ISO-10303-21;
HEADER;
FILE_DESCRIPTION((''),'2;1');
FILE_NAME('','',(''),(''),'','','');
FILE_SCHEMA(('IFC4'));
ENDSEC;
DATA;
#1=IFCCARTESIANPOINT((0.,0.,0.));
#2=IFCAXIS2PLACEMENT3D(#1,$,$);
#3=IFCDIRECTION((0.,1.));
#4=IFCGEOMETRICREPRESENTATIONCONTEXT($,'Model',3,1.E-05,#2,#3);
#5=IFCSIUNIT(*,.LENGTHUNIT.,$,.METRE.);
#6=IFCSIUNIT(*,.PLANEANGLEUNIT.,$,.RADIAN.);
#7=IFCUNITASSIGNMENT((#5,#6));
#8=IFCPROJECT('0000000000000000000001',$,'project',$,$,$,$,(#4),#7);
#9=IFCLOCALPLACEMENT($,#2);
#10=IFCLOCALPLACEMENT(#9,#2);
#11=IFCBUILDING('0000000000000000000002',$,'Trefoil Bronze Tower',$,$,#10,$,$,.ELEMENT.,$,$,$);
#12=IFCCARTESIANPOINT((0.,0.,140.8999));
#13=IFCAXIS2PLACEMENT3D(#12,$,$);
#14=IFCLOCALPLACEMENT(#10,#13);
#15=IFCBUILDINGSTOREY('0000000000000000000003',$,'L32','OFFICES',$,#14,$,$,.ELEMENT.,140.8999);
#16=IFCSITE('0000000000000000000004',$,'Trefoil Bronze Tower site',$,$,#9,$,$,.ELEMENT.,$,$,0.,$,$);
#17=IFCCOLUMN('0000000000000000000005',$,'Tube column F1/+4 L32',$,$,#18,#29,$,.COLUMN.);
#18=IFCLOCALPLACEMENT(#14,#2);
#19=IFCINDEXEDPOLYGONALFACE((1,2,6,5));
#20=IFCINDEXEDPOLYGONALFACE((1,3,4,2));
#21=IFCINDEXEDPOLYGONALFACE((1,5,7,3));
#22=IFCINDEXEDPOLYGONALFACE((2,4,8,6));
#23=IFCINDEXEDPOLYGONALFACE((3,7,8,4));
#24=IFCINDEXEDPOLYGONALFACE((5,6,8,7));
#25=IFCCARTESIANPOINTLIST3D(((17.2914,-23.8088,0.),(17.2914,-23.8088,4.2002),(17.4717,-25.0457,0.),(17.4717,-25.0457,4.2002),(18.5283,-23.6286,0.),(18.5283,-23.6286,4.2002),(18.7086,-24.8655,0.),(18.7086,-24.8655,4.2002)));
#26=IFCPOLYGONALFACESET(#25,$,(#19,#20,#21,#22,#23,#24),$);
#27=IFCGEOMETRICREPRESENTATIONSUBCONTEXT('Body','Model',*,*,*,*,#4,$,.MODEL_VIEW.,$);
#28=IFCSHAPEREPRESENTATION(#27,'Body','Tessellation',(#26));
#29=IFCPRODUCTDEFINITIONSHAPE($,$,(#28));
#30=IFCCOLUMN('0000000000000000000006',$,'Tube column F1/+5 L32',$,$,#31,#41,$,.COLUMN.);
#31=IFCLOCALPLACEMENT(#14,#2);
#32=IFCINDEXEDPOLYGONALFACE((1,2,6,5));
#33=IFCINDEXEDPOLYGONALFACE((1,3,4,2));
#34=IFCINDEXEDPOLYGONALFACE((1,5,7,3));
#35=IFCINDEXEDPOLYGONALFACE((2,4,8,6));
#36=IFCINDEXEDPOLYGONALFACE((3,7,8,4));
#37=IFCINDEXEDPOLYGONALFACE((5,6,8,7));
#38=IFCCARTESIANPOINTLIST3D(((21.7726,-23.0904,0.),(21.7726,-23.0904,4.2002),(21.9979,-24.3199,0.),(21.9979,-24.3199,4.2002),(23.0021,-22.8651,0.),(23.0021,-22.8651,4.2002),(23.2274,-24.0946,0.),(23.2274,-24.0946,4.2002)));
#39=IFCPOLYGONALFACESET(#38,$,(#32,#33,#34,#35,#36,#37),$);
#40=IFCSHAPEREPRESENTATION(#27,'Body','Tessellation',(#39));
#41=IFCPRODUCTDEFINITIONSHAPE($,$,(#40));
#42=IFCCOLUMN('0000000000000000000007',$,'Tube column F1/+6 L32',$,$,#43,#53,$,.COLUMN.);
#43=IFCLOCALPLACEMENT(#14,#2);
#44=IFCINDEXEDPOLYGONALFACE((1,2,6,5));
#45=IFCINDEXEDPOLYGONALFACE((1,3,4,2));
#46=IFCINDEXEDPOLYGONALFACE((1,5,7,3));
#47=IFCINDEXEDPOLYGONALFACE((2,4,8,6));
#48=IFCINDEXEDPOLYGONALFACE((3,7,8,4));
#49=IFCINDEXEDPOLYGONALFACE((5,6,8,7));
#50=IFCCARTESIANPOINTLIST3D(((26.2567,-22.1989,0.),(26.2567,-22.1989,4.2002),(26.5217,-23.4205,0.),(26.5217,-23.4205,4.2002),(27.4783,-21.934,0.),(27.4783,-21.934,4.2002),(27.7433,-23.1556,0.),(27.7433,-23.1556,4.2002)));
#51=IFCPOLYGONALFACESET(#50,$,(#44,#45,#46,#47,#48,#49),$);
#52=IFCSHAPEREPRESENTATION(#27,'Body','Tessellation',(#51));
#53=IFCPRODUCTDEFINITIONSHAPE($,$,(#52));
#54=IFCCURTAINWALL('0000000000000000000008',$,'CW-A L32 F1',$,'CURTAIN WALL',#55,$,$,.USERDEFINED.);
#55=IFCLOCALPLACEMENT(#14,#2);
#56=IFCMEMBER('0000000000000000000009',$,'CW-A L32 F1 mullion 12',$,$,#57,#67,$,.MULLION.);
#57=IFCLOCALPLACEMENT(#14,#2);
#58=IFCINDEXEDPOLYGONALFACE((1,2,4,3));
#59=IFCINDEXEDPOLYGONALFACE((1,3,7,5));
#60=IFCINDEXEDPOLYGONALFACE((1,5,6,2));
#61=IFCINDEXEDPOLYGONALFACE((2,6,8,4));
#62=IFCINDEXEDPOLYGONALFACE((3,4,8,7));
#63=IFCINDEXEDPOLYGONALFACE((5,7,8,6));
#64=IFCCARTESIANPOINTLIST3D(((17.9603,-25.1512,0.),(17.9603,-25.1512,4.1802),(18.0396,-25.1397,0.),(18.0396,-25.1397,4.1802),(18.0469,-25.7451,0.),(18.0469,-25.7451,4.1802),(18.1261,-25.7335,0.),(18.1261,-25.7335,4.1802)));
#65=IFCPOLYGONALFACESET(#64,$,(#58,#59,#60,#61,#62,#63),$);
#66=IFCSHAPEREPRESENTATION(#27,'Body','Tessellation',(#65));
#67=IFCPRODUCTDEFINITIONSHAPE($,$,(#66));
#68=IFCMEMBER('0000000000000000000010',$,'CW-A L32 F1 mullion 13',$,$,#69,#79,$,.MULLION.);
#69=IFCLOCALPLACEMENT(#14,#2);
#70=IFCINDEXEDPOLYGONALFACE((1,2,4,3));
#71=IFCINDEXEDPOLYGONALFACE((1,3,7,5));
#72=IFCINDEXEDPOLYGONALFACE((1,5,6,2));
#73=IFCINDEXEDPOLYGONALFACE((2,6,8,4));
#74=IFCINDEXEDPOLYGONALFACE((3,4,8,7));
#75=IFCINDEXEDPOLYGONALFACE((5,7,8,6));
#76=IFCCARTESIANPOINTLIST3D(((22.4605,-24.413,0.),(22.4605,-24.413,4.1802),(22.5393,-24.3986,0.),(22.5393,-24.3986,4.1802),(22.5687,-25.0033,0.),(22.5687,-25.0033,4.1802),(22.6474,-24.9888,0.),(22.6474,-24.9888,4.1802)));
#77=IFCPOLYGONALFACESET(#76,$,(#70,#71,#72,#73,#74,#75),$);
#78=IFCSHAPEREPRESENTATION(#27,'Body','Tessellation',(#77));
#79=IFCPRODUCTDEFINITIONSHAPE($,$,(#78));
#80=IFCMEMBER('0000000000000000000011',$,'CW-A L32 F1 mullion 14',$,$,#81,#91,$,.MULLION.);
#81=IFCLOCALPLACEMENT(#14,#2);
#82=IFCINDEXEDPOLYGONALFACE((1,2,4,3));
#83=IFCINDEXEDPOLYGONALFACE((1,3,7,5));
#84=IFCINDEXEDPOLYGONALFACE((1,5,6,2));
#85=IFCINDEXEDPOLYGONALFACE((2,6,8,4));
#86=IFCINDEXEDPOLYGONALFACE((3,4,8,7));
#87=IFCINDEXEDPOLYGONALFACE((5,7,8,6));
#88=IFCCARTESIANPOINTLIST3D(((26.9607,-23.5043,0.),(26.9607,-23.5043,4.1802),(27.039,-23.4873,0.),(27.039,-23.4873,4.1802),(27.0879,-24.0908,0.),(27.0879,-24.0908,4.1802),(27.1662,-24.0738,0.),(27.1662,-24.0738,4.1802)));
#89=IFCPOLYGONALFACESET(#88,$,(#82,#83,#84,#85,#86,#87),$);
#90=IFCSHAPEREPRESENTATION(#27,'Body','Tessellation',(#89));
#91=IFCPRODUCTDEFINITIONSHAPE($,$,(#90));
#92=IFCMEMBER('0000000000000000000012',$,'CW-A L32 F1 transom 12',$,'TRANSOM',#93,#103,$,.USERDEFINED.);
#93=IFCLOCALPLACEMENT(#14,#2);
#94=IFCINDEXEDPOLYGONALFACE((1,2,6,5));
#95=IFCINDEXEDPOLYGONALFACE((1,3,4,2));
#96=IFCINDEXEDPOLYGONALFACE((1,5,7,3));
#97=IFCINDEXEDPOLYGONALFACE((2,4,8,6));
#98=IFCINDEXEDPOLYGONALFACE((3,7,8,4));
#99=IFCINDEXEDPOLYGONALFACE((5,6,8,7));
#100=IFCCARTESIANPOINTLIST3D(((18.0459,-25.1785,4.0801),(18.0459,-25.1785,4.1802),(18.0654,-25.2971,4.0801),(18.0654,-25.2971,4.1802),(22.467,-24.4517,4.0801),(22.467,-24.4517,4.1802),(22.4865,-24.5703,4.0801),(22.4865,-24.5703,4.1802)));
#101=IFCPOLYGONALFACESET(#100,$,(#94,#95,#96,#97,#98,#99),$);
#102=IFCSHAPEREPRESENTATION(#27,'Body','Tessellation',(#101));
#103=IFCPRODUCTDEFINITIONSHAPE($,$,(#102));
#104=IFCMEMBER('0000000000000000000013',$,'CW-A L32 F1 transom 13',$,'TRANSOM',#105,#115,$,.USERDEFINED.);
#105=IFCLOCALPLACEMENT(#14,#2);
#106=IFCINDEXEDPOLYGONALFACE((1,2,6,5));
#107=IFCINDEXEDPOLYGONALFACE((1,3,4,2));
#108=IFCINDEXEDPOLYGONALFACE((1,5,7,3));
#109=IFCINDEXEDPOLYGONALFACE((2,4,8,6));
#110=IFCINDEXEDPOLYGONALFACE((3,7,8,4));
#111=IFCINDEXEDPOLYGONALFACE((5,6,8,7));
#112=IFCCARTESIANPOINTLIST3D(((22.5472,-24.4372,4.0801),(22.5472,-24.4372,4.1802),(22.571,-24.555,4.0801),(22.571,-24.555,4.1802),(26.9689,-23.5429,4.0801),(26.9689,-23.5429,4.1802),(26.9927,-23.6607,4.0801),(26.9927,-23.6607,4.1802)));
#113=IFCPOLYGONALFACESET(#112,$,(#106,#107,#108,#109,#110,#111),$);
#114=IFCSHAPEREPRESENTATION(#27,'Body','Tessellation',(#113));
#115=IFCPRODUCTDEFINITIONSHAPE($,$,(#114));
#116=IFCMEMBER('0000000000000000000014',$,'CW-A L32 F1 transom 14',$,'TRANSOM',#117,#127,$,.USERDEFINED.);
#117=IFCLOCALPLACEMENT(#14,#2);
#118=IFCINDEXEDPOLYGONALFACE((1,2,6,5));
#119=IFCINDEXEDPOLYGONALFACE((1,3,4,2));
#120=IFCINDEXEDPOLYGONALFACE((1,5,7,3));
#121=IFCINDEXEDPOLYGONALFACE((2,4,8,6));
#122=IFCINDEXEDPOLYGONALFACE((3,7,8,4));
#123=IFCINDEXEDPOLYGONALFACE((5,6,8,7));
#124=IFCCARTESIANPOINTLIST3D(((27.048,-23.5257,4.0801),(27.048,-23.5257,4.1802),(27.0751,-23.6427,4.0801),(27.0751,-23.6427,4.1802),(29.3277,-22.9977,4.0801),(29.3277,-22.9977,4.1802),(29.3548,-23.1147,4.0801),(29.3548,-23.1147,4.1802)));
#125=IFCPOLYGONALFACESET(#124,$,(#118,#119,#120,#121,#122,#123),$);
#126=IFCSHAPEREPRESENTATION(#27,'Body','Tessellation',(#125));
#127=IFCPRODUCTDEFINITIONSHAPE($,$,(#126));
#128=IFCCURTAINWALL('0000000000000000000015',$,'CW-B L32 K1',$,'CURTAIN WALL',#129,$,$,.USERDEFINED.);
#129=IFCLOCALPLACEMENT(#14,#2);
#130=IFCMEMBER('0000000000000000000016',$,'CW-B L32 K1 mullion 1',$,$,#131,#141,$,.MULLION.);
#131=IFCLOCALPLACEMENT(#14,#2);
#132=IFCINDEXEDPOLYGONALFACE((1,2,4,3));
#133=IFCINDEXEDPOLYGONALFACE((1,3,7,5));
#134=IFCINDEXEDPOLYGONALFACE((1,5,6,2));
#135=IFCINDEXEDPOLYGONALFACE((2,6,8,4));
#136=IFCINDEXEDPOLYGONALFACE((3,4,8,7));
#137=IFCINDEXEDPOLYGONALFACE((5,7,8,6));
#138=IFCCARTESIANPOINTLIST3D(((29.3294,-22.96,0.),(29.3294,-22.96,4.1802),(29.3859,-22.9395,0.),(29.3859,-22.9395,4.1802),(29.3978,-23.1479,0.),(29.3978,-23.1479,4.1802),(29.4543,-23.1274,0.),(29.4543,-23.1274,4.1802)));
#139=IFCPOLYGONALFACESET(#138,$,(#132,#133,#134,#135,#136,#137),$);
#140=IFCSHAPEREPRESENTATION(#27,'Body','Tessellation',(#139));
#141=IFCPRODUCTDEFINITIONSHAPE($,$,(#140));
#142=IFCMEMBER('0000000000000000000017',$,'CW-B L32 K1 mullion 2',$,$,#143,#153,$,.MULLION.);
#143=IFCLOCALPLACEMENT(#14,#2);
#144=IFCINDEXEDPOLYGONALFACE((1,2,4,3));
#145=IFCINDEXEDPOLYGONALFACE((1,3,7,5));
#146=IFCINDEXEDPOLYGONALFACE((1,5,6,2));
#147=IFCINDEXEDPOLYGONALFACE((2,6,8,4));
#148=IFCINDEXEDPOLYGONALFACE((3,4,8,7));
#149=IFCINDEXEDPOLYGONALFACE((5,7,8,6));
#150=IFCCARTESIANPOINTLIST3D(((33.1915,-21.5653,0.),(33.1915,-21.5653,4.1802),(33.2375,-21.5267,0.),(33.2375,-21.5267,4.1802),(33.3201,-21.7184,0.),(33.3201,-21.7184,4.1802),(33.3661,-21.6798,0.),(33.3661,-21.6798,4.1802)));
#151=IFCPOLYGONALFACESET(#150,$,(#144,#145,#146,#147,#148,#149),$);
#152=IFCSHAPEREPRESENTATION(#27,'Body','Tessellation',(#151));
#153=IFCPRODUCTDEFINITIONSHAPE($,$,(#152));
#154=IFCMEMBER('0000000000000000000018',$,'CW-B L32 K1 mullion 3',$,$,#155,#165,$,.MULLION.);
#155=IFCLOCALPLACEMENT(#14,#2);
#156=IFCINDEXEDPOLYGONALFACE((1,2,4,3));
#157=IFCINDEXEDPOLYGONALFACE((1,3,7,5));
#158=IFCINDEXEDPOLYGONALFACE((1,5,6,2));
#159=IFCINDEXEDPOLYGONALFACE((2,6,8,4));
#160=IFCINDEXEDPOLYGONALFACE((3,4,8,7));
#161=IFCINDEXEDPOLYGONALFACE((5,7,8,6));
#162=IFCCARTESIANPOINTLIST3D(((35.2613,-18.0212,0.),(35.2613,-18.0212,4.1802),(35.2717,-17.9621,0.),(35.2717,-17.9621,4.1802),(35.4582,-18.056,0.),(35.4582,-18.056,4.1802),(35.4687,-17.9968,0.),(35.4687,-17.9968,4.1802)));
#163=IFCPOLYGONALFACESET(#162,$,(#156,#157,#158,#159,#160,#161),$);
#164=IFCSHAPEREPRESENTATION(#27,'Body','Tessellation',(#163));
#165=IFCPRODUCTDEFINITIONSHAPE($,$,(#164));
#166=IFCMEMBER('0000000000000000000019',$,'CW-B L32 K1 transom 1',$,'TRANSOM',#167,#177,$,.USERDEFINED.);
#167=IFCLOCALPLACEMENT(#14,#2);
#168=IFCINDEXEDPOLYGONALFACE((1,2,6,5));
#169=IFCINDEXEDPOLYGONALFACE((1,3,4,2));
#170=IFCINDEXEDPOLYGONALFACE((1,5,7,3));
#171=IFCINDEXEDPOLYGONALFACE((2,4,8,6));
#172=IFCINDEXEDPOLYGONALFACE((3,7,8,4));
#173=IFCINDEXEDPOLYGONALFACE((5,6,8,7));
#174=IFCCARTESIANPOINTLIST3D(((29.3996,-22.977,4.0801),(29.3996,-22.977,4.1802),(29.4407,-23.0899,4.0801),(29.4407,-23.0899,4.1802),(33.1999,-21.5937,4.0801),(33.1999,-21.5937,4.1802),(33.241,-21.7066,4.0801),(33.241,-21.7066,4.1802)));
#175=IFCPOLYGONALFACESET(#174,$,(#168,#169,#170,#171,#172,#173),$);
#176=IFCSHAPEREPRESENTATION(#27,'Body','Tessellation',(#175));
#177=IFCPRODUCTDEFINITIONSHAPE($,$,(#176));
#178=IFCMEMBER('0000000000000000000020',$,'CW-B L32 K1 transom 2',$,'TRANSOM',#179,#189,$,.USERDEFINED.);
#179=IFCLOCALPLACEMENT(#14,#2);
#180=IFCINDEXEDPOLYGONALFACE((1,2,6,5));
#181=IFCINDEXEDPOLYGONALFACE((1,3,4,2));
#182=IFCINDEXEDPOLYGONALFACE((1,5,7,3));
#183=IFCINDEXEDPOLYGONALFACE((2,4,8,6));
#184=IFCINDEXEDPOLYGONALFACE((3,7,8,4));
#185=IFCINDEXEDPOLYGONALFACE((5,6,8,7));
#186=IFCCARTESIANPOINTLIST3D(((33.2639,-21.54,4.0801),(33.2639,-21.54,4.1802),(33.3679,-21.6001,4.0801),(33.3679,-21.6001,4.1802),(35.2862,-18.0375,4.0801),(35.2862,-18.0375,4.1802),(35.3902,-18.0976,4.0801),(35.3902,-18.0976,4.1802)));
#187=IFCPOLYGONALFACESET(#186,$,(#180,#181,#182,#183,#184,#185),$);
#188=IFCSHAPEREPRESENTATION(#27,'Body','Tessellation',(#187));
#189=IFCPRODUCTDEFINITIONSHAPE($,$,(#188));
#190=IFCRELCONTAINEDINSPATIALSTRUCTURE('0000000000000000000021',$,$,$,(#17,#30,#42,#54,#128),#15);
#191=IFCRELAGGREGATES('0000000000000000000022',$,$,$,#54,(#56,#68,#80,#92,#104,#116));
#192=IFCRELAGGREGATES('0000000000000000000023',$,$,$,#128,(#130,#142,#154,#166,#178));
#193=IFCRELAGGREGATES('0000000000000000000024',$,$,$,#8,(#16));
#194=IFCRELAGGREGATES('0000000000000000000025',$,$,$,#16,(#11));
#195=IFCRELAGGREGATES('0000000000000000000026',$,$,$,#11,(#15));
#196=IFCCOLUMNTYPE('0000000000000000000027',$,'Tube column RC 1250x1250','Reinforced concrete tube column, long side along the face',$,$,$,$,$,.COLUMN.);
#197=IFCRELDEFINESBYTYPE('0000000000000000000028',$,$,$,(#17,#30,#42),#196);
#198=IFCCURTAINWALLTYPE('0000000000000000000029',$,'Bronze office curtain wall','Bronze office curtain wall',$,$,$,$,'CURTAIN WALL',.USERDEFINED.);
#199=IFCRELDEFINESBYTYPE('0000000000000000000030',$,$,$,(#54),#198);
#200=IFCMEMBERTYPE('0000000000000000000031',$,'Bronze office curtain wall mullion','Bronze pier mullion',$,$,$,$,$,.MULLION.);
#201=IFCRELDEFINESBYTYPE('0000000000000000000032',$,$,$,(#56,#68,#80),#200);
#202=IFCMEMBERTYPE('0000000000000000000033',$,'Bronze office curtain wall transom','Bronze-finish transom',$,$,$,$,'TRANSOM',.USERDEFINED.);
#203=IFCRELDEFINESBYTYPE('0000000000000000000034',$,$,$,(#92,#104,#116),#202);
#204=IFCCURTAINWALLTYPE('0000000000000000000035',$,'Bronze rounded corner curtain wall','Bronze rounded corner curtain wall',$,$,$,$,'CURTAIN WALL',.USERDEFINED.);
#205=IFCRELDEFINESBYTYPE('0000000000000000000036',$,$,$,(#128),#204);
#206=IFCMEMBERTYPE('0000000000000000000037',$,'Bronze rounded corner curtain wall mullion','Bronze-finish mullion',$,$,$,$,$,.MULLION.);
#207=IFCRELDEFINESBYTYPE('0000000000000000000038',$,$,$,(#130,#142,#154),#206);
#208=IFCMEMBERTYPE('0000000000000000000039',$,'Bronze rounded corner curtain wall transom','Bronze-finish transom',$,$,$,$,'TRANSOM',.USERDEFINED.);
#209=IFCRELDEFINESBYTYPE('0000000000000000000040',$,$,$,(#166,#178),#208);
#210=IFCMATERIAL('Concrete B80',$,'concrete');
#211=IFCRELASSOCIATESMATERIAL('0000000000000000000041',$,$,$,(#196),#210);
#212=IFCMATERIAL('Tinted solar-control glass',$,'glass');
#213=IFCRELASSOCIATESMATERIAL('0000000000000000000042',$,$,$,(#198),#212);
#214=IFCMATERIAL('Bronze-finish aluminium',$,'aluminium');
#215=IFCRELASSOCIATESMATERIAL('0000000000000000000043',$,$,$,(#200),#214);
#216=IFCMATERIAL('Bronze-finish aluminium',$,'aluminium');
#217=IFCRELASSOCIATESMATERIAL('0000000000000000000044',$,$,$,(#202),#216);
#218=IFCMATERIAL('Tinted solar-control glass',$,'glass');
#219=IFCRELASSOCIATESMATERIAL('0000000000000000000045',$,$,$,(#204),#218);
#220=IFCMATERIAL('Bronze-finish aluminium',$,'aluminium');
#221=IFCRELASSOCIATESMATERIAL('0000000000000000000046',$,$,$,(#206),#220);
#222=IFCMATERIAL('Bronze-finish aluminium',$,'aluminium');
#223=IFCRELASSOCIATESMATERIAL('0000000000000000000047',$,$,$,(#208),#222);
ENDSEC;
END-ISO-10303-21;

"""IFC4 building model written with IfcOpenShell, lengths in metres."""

from ifc_helpers import new_model, si_unit, direction, frame, origin, origin_2d, place, context, subcontext, project, spatial, rectangle, extrude, material, material_profile, profile_set, type_object, element, aggregate, save


model = new_model("IFC4")

# Units and contexts
model_context = context("Model", 3, precision=1e-05, world=origin(), true_north=direction((0.0, 1.0)))
body_context = subcontext(model_context, "Body", "Model", "MODEL_VIEW")
ifc_project = project(units=[si_unit("LENGTHUNIT", "METRE"), si_unit("PLANEANGLEUNIT", "RADIAN")], contexts=[model_context])

# Site, building, storey
site_placement = place(None, origin())
site = spatial("IfcSite", under=ifc_project, at=site_placement, Name="Trefoil Bronze Tower site", CompositionType="ELEMENT", RefElevation=0.0)
building_placement = place(site_placement, origin())
building = spatial("IfcBuilding", under=site, at=building_placement, Name="Trefoil Bronze Tower", CompositionType="ELEMENT")
storey_placement = place(building_placement, frame((0.0, 0.0, 140.8999)))
storey = spatial("IfcBuildingStorey", under=building, at=storey_placement, Name="L32", Description="OFFICES", CompositionType="ELEMENT", Elevation=140.8999)

# Columns
ifc_material_1 = material(Name="Concrete B80", Category="concrete")
ifc_material_profile_1 = material_profile(ifc_material_1, rectangle(XDim=1.25, YDim=1.25, at=origin_2d()), Name="RC 1250x1250")
ifc_profile_set_1 = profile_set([ifc_material_profile_1], Name="Concrete B80")
column_type = type_object("IfcColumnType", Name="Tube column RC 1250x1250", Description="Reinforced concrete tube column, long side along the face", PredefinedType="COLUMN", material=ifc_profile_set_1)
for number, where, z_axis, x_axis, name in (
    (1, (18.0, -24.3372, 0.0), (0.0, 0.0, 1.0), (0.98955, 0.144192, 0.0), "Tube column F1/+4 L32"),
    (2, (22.5, -23.5925, 0.0), (0.0, 0.0, 1.0), (0.983623, 0.180241, 0.0), "Tube column F1/+5 L32"),
    (3, (27.0, -22.6772, 0.0), (0.0, 0.0, 1.0), (0.977276, 0.21197, 0.0), "Tube column F1/+6 L32"),
):
    element("IfcColumn", number, at=place(storey_placement, frame(where, z_axis=z_axis, x_axis=x_axis)), inside=storey, type_object=column_type, Name=name, PredefinedType="COLUMN", context=body_context, shape_type="SweptSolid", body=[
        extrude(rectangle(XDim=1.25, YDim=1.25, at=origin_2d()), origin(), (0.0, 0.0, 1.0), 4.2002),
    ])

# Curtain walls, members
ifc_material_2 = material(Name="Tinted solar-control glass", Category="glass")
curtain_wall_type_1 = type_object("IfcCurtainWallType", Name="Bronze office curtain wall", Description="Bronze office curtain wall", ElementType="CURTAIN WALL", PredefinedType="USERDEFINED", material=ifc_material_2)
curtain_wall_1_placement = place(storey_placement, origin())
curtain_wall_1 = element("IfcCurtainWall", 4, at=curtain_wall_1_placement, inside=storey, type_object=curtain_wall_type_1, Name="CW-A L32 F1", ObjectType="CURTAIN WALL", PredefinedType="USERDEFINED")
ifc_material_3 = material(Name="Bronze-finish aluminium", Category="aluminium")
ifc_material_profile_2 = material_profile(ifc_material_3, rectangle(XDim=0.6001, YDim=0.0801, at=origin_2d()), Name="CW-A mullion")
ifc_profile_set_2 = profile_set([ifc_material_profile_2], Name="Bronze-finish aluminium")
member_type_1 = type_object("IfcMemberType", Name="Bronze office curtain wall mullion", Description="Bronze pier mullion", PredefinedType="MULLION", material=ifc_profile_set_2)
member_1_placement = place(storey_placement, frame((18.0432, -25.4424, 0.0), z_axis=(0.0, 0.0, 1.0), x_axis=(-0.144192, 0.98955, 0.0)))
member_1 = element("IfcMember", 5, at=member_1_placement, type_object=member_type_1, Name="CW-A L32 F1 mullion 12", PredefinedType="MULLION", context=body_context, shape_type="SweptSolid", body=[
    extrude(rectangle(XDim=0.6001, YDim=0.0801, at=origin_2d()), origin(), (0.0, 0.0, 1.0), 4.1802),
])
member_2_placement = place(storey_placement, frame((22.554, -24.7009, 0.0), z_axis=(0.0, 0.0, 1.0), x_axis=(-0.180241, 0.983623, 0.0)))
member_2 = element("IfcMember", 6, at=member_2_placement, type_object=member_type_1, Name="CW-A L32 F1 mullion 13", PredefinedType="MULLION", context=body_context, shape_type="SweptSolid", body=[
    extrude(rectangle(XDim=0.6001, YDim=0.0801, at=origin_2d()), origin(), (0.0, 0.0, 1.0), 4.1802),
])
member_3_placement = place(storey_placement, frame((27.0635, -23.7891, 0.0), z_axis=(0.0, 0.0, 1.0), x_axis=(-0.21197, 0.977276, 0.0)))
member_3 = element("IfcMember", 7, at=member_3_placement, type_object=member_type_1, Name="CW-A L32 F1 mullion 14", PredefinedType="MULLION", context=body_context, shape_type="SweptSolid", body=[
    extrude(rectangle(XDim=0.6001, YDim=0.0801, at=origin_2d()), origin(), (0.0, 0.0, 1.0), 4.1802),
])
ifc_material_4 = material(Name="Bronze-finish aluminium", Category="aluminium")
ifc_material_profile_3 = material_profile(ifc_material_4, rectangle(XDim=0.1201, YDim=0.1001, at=origin_2d()), Name="CW-A transom")
ifc_profile_set_3 = profile_set([ifc_material_profile_3], Name="Bronze-finish aluminium")
member_type_2 = type_object("IfcMemberType", Name="Bronze office curtain wall transom", Description="Bronze-finish transom", ElementType="TRANSOM", PredefinedType="USERDEFINED", material=ifc_profile_set_3)
member_4_placement = place(storey_placement, frame((18.0557, -25.2378, 4.1301), z_axis=(0.986755, 0.162216, 0.0), x_axis=(-0.162216, 0.986755, 0.0)))
member_4 = element("IfcMember", 8, at=member_4_placement, type_object=member_type_2, Name="CW-A L32 F1 transom 12", ObjectType="TRANSOM", PredefinedType="USERDEFINED", context=body_context, shape_type="SweptSolid", body=[
    extrude(rectangle(XDim=0.1201, YDim=0.1001, at=origin_2d()), origin(), (0.0, 0.0, 1.0), 4.4805),
])
member_5_placement = place(storey_placement, frame((22.5591, -24.4961, 4.1301), z_axis=(0.980154, 0.198239, 0.0), x_axis=(-0.198239, 0.980154, 0.0)))
member_5 = element("IfcMember", 9, at=member_5_placement, type_object=member_type_2, Name="CW-A L32 F1 transom 13", ObjectType="TRANSOM", PredefinedType="USERDEFINED", context=body_context, shape_type="SweptSolid", body=[
    extrude(rectangle(XDim=0.1201, YDim=0.1001, at=origin_2d()), origin(), (0.0, 0.0, 1.0), 4.5112),
])
member_6_placement = place(storey_placement, frame((27.0615, -23.5842, 4.1301), z_axis=(0.974206, 0.225659, 0.0), x_axis=(-0.225659, 0.974206, 0.0)))
member_6 = element("IfcMember", 10, at=member_6_placement, type_object=member_type_2, Name="CW-A L32 F1 transom 14", ObjectType="TRANSOM", PredefinedType="USERDEFINED", context=body_context, shape_type="SweptSolid", body=[
    extrude(rectangle(XDim=0.1201, YDim=0.1001, at=origin_2d()), origin(), (0.0, 0.0, 1.0), 2.3401),
])
ifc_material_5 = material(Name="Tinted solar-control glass", Category="glass")
curtain_wall_type_2 = type_object("IfcCurtainWallType", Name="Bronze rounded corner curtain wall", Description="Bronze rounded corner curtain wall", ElementType="CURTAIN WALL", PredefinedType="USERDEFINED", material=ifc_material_5)
curtain_wall_2_placement = place(storey_placement, origin())
curtain_wall_2 = element("IfcCurtainWall", 11, at=curtain_wall_2_placement, inside=storey, type_object=curtain_wall_type_2, Name="CW-B L32 K1", ObjectType="CURTAIN WALL", PredefinedType="USERDEFINED")
ifc_material_6 = material(Name="Bronze-finish aluminium", Category="aluminium")
ifc_material_profile_4 = material_profile(ifc_material_6, rectangle(XDim=0.2, YDim=0.0601, at=origin_2d()), Name="CW-B mullion")
ifc_profile_set_4 = profile_set([ifc_material_profile_4], Name="Bronze-finish aluminium")
member_type_3 = type_object("IfcMemberType", Name="Bronze rounded corner curtain wall mullion", Description="Bronze-finish mullion", PredefinedType="MULLION", material=ifc_profile_set_4)
member_7_placement = place(storey_placement, frame((29.3918, -23.0437, 0.0), z_axis=(0.0, 0.0, 1.0), x_axis=(-0.34202, 0.939693, 0.0)))
member_7 = element("IfcMember", 12, at=member_7_placement, type_object=member_type_3, Name="CW-B L32 K1 mullion 1", PredefinedType="MULLION", context=body_context, shape_type="SweptSolid", body=[
    extrude(rectangle(XDim=0.2, YDim=0.0601, at=origin_2d()), origin(), (0.0, 0.0, 1.0), 4.1802),
])
member_8_placement = place(storey_placement, frame((33.2788, -21.6226, 0.0), z_axis=(0.0, 0.0, 1.0), x_axis=(-0.642788, 0.766044, 0.0)))
member_8 = element("IfcMember", 13, at=member_8_placement, type_object=member_type_3, Name="CW-B L32 K1 mullion 2", PredefinedType="MULLION", context=body_context, shape_type="SweptSolid", body=[
    extrude(rectangle(XDim=0.2, YDim=0.0601, at=origin_2d()), origin(), (0.0, 0.0, 1.0), 4.1802),
])
member_9_placement = place(storey_placement, frame((35.365, -18.009, 0.0), z_axis=(0.0, 0.0, 1.0), x_axis=(-0.984808, 0.173648, 0.0)))
member_9 = element("IfcMember", 14, at=member_9_placement, type_object=member_type_3, Name="CW-B L32 K1 mullion 3", PredefinedType="MULLION", context=body_context, shape_type="SweptSolid", body=[
    extrude(rectangle(XDim=0.2, YDim=0.0601, at=origin_2d()), origin(), (0.0, 0.0, 1.0), 4.1802),
])
ifc_material_7 = material(Name="Bronze-finish aluminium", Category="aluminium")
ifc_material_profile_5 = material_profile(ifc_material_7, rectangle(XDim=0.1201, YDim=0.1001, at=origin_2d()), Name="CW-B transom")
ifc_profile_set_5 = profile_set([ifc_material_profile_5], Name="Bronze-finish aluminium")
member_type_4 = type_object("IfcMemberType", Name="Bronze rounded corner curtain wall transom", Description="Bronze-finish transom", ElementType="TRANSOM", PredefinedType="USERDEFINED", material=ifc_profile_set_5)
member_10_placement = place(storey_placement, frame((29.4202, -23.0334, 4.1301), z_axis=(0.939684, 0.342044, 0.0), x_axis=(-0.342044, 0.939684, 0.0)))
member_10 = element("IfcMember", 15, at=member_10_placement, type_object=member_type_4, Name="CW-B L32 K1 transom 1", ObjectType="TRANSOM", PredefinedType="USERDEFINED", context=body_context, shape_type="SweptSolid", body=[
    extrude(rectangle(XDim=0.1201, YDim=0.1001, at=origin_2d()), origin(), (0.0, 0.0, 1.0), 4.0442),
])
member_11_placement = place(storey_placement, frame((33.3159, -21.5701, 4.1301), z_axis=(0.500015, 0.866017, 0.0), x_axis=(-0.866017, 0.500015, 0.0)))
member_11 = element("IfcMember", 16, at=member_11_placement, type_object=member_type_4, Name="CW-B L32 K1 transom 2", ObjectType="TRANSOM", PredefinedType="USERDEFINED", context=body_context, shape_type="SweptSolid", body=[
    extrude(rectangle(XDim=0.1201, YDim=0.1001, at=origin_2d()), origin(), (0.0, 0.0, 1.0), 4.0444),
])

aggregate(curtain_wall_1, [member_1, member_2, member_3, member_4, member_5, member_6])
aggregate(curtain_wall_2, [member_7, member_8, member_9, member_10, member_11])

save(model, "model.ifc")
